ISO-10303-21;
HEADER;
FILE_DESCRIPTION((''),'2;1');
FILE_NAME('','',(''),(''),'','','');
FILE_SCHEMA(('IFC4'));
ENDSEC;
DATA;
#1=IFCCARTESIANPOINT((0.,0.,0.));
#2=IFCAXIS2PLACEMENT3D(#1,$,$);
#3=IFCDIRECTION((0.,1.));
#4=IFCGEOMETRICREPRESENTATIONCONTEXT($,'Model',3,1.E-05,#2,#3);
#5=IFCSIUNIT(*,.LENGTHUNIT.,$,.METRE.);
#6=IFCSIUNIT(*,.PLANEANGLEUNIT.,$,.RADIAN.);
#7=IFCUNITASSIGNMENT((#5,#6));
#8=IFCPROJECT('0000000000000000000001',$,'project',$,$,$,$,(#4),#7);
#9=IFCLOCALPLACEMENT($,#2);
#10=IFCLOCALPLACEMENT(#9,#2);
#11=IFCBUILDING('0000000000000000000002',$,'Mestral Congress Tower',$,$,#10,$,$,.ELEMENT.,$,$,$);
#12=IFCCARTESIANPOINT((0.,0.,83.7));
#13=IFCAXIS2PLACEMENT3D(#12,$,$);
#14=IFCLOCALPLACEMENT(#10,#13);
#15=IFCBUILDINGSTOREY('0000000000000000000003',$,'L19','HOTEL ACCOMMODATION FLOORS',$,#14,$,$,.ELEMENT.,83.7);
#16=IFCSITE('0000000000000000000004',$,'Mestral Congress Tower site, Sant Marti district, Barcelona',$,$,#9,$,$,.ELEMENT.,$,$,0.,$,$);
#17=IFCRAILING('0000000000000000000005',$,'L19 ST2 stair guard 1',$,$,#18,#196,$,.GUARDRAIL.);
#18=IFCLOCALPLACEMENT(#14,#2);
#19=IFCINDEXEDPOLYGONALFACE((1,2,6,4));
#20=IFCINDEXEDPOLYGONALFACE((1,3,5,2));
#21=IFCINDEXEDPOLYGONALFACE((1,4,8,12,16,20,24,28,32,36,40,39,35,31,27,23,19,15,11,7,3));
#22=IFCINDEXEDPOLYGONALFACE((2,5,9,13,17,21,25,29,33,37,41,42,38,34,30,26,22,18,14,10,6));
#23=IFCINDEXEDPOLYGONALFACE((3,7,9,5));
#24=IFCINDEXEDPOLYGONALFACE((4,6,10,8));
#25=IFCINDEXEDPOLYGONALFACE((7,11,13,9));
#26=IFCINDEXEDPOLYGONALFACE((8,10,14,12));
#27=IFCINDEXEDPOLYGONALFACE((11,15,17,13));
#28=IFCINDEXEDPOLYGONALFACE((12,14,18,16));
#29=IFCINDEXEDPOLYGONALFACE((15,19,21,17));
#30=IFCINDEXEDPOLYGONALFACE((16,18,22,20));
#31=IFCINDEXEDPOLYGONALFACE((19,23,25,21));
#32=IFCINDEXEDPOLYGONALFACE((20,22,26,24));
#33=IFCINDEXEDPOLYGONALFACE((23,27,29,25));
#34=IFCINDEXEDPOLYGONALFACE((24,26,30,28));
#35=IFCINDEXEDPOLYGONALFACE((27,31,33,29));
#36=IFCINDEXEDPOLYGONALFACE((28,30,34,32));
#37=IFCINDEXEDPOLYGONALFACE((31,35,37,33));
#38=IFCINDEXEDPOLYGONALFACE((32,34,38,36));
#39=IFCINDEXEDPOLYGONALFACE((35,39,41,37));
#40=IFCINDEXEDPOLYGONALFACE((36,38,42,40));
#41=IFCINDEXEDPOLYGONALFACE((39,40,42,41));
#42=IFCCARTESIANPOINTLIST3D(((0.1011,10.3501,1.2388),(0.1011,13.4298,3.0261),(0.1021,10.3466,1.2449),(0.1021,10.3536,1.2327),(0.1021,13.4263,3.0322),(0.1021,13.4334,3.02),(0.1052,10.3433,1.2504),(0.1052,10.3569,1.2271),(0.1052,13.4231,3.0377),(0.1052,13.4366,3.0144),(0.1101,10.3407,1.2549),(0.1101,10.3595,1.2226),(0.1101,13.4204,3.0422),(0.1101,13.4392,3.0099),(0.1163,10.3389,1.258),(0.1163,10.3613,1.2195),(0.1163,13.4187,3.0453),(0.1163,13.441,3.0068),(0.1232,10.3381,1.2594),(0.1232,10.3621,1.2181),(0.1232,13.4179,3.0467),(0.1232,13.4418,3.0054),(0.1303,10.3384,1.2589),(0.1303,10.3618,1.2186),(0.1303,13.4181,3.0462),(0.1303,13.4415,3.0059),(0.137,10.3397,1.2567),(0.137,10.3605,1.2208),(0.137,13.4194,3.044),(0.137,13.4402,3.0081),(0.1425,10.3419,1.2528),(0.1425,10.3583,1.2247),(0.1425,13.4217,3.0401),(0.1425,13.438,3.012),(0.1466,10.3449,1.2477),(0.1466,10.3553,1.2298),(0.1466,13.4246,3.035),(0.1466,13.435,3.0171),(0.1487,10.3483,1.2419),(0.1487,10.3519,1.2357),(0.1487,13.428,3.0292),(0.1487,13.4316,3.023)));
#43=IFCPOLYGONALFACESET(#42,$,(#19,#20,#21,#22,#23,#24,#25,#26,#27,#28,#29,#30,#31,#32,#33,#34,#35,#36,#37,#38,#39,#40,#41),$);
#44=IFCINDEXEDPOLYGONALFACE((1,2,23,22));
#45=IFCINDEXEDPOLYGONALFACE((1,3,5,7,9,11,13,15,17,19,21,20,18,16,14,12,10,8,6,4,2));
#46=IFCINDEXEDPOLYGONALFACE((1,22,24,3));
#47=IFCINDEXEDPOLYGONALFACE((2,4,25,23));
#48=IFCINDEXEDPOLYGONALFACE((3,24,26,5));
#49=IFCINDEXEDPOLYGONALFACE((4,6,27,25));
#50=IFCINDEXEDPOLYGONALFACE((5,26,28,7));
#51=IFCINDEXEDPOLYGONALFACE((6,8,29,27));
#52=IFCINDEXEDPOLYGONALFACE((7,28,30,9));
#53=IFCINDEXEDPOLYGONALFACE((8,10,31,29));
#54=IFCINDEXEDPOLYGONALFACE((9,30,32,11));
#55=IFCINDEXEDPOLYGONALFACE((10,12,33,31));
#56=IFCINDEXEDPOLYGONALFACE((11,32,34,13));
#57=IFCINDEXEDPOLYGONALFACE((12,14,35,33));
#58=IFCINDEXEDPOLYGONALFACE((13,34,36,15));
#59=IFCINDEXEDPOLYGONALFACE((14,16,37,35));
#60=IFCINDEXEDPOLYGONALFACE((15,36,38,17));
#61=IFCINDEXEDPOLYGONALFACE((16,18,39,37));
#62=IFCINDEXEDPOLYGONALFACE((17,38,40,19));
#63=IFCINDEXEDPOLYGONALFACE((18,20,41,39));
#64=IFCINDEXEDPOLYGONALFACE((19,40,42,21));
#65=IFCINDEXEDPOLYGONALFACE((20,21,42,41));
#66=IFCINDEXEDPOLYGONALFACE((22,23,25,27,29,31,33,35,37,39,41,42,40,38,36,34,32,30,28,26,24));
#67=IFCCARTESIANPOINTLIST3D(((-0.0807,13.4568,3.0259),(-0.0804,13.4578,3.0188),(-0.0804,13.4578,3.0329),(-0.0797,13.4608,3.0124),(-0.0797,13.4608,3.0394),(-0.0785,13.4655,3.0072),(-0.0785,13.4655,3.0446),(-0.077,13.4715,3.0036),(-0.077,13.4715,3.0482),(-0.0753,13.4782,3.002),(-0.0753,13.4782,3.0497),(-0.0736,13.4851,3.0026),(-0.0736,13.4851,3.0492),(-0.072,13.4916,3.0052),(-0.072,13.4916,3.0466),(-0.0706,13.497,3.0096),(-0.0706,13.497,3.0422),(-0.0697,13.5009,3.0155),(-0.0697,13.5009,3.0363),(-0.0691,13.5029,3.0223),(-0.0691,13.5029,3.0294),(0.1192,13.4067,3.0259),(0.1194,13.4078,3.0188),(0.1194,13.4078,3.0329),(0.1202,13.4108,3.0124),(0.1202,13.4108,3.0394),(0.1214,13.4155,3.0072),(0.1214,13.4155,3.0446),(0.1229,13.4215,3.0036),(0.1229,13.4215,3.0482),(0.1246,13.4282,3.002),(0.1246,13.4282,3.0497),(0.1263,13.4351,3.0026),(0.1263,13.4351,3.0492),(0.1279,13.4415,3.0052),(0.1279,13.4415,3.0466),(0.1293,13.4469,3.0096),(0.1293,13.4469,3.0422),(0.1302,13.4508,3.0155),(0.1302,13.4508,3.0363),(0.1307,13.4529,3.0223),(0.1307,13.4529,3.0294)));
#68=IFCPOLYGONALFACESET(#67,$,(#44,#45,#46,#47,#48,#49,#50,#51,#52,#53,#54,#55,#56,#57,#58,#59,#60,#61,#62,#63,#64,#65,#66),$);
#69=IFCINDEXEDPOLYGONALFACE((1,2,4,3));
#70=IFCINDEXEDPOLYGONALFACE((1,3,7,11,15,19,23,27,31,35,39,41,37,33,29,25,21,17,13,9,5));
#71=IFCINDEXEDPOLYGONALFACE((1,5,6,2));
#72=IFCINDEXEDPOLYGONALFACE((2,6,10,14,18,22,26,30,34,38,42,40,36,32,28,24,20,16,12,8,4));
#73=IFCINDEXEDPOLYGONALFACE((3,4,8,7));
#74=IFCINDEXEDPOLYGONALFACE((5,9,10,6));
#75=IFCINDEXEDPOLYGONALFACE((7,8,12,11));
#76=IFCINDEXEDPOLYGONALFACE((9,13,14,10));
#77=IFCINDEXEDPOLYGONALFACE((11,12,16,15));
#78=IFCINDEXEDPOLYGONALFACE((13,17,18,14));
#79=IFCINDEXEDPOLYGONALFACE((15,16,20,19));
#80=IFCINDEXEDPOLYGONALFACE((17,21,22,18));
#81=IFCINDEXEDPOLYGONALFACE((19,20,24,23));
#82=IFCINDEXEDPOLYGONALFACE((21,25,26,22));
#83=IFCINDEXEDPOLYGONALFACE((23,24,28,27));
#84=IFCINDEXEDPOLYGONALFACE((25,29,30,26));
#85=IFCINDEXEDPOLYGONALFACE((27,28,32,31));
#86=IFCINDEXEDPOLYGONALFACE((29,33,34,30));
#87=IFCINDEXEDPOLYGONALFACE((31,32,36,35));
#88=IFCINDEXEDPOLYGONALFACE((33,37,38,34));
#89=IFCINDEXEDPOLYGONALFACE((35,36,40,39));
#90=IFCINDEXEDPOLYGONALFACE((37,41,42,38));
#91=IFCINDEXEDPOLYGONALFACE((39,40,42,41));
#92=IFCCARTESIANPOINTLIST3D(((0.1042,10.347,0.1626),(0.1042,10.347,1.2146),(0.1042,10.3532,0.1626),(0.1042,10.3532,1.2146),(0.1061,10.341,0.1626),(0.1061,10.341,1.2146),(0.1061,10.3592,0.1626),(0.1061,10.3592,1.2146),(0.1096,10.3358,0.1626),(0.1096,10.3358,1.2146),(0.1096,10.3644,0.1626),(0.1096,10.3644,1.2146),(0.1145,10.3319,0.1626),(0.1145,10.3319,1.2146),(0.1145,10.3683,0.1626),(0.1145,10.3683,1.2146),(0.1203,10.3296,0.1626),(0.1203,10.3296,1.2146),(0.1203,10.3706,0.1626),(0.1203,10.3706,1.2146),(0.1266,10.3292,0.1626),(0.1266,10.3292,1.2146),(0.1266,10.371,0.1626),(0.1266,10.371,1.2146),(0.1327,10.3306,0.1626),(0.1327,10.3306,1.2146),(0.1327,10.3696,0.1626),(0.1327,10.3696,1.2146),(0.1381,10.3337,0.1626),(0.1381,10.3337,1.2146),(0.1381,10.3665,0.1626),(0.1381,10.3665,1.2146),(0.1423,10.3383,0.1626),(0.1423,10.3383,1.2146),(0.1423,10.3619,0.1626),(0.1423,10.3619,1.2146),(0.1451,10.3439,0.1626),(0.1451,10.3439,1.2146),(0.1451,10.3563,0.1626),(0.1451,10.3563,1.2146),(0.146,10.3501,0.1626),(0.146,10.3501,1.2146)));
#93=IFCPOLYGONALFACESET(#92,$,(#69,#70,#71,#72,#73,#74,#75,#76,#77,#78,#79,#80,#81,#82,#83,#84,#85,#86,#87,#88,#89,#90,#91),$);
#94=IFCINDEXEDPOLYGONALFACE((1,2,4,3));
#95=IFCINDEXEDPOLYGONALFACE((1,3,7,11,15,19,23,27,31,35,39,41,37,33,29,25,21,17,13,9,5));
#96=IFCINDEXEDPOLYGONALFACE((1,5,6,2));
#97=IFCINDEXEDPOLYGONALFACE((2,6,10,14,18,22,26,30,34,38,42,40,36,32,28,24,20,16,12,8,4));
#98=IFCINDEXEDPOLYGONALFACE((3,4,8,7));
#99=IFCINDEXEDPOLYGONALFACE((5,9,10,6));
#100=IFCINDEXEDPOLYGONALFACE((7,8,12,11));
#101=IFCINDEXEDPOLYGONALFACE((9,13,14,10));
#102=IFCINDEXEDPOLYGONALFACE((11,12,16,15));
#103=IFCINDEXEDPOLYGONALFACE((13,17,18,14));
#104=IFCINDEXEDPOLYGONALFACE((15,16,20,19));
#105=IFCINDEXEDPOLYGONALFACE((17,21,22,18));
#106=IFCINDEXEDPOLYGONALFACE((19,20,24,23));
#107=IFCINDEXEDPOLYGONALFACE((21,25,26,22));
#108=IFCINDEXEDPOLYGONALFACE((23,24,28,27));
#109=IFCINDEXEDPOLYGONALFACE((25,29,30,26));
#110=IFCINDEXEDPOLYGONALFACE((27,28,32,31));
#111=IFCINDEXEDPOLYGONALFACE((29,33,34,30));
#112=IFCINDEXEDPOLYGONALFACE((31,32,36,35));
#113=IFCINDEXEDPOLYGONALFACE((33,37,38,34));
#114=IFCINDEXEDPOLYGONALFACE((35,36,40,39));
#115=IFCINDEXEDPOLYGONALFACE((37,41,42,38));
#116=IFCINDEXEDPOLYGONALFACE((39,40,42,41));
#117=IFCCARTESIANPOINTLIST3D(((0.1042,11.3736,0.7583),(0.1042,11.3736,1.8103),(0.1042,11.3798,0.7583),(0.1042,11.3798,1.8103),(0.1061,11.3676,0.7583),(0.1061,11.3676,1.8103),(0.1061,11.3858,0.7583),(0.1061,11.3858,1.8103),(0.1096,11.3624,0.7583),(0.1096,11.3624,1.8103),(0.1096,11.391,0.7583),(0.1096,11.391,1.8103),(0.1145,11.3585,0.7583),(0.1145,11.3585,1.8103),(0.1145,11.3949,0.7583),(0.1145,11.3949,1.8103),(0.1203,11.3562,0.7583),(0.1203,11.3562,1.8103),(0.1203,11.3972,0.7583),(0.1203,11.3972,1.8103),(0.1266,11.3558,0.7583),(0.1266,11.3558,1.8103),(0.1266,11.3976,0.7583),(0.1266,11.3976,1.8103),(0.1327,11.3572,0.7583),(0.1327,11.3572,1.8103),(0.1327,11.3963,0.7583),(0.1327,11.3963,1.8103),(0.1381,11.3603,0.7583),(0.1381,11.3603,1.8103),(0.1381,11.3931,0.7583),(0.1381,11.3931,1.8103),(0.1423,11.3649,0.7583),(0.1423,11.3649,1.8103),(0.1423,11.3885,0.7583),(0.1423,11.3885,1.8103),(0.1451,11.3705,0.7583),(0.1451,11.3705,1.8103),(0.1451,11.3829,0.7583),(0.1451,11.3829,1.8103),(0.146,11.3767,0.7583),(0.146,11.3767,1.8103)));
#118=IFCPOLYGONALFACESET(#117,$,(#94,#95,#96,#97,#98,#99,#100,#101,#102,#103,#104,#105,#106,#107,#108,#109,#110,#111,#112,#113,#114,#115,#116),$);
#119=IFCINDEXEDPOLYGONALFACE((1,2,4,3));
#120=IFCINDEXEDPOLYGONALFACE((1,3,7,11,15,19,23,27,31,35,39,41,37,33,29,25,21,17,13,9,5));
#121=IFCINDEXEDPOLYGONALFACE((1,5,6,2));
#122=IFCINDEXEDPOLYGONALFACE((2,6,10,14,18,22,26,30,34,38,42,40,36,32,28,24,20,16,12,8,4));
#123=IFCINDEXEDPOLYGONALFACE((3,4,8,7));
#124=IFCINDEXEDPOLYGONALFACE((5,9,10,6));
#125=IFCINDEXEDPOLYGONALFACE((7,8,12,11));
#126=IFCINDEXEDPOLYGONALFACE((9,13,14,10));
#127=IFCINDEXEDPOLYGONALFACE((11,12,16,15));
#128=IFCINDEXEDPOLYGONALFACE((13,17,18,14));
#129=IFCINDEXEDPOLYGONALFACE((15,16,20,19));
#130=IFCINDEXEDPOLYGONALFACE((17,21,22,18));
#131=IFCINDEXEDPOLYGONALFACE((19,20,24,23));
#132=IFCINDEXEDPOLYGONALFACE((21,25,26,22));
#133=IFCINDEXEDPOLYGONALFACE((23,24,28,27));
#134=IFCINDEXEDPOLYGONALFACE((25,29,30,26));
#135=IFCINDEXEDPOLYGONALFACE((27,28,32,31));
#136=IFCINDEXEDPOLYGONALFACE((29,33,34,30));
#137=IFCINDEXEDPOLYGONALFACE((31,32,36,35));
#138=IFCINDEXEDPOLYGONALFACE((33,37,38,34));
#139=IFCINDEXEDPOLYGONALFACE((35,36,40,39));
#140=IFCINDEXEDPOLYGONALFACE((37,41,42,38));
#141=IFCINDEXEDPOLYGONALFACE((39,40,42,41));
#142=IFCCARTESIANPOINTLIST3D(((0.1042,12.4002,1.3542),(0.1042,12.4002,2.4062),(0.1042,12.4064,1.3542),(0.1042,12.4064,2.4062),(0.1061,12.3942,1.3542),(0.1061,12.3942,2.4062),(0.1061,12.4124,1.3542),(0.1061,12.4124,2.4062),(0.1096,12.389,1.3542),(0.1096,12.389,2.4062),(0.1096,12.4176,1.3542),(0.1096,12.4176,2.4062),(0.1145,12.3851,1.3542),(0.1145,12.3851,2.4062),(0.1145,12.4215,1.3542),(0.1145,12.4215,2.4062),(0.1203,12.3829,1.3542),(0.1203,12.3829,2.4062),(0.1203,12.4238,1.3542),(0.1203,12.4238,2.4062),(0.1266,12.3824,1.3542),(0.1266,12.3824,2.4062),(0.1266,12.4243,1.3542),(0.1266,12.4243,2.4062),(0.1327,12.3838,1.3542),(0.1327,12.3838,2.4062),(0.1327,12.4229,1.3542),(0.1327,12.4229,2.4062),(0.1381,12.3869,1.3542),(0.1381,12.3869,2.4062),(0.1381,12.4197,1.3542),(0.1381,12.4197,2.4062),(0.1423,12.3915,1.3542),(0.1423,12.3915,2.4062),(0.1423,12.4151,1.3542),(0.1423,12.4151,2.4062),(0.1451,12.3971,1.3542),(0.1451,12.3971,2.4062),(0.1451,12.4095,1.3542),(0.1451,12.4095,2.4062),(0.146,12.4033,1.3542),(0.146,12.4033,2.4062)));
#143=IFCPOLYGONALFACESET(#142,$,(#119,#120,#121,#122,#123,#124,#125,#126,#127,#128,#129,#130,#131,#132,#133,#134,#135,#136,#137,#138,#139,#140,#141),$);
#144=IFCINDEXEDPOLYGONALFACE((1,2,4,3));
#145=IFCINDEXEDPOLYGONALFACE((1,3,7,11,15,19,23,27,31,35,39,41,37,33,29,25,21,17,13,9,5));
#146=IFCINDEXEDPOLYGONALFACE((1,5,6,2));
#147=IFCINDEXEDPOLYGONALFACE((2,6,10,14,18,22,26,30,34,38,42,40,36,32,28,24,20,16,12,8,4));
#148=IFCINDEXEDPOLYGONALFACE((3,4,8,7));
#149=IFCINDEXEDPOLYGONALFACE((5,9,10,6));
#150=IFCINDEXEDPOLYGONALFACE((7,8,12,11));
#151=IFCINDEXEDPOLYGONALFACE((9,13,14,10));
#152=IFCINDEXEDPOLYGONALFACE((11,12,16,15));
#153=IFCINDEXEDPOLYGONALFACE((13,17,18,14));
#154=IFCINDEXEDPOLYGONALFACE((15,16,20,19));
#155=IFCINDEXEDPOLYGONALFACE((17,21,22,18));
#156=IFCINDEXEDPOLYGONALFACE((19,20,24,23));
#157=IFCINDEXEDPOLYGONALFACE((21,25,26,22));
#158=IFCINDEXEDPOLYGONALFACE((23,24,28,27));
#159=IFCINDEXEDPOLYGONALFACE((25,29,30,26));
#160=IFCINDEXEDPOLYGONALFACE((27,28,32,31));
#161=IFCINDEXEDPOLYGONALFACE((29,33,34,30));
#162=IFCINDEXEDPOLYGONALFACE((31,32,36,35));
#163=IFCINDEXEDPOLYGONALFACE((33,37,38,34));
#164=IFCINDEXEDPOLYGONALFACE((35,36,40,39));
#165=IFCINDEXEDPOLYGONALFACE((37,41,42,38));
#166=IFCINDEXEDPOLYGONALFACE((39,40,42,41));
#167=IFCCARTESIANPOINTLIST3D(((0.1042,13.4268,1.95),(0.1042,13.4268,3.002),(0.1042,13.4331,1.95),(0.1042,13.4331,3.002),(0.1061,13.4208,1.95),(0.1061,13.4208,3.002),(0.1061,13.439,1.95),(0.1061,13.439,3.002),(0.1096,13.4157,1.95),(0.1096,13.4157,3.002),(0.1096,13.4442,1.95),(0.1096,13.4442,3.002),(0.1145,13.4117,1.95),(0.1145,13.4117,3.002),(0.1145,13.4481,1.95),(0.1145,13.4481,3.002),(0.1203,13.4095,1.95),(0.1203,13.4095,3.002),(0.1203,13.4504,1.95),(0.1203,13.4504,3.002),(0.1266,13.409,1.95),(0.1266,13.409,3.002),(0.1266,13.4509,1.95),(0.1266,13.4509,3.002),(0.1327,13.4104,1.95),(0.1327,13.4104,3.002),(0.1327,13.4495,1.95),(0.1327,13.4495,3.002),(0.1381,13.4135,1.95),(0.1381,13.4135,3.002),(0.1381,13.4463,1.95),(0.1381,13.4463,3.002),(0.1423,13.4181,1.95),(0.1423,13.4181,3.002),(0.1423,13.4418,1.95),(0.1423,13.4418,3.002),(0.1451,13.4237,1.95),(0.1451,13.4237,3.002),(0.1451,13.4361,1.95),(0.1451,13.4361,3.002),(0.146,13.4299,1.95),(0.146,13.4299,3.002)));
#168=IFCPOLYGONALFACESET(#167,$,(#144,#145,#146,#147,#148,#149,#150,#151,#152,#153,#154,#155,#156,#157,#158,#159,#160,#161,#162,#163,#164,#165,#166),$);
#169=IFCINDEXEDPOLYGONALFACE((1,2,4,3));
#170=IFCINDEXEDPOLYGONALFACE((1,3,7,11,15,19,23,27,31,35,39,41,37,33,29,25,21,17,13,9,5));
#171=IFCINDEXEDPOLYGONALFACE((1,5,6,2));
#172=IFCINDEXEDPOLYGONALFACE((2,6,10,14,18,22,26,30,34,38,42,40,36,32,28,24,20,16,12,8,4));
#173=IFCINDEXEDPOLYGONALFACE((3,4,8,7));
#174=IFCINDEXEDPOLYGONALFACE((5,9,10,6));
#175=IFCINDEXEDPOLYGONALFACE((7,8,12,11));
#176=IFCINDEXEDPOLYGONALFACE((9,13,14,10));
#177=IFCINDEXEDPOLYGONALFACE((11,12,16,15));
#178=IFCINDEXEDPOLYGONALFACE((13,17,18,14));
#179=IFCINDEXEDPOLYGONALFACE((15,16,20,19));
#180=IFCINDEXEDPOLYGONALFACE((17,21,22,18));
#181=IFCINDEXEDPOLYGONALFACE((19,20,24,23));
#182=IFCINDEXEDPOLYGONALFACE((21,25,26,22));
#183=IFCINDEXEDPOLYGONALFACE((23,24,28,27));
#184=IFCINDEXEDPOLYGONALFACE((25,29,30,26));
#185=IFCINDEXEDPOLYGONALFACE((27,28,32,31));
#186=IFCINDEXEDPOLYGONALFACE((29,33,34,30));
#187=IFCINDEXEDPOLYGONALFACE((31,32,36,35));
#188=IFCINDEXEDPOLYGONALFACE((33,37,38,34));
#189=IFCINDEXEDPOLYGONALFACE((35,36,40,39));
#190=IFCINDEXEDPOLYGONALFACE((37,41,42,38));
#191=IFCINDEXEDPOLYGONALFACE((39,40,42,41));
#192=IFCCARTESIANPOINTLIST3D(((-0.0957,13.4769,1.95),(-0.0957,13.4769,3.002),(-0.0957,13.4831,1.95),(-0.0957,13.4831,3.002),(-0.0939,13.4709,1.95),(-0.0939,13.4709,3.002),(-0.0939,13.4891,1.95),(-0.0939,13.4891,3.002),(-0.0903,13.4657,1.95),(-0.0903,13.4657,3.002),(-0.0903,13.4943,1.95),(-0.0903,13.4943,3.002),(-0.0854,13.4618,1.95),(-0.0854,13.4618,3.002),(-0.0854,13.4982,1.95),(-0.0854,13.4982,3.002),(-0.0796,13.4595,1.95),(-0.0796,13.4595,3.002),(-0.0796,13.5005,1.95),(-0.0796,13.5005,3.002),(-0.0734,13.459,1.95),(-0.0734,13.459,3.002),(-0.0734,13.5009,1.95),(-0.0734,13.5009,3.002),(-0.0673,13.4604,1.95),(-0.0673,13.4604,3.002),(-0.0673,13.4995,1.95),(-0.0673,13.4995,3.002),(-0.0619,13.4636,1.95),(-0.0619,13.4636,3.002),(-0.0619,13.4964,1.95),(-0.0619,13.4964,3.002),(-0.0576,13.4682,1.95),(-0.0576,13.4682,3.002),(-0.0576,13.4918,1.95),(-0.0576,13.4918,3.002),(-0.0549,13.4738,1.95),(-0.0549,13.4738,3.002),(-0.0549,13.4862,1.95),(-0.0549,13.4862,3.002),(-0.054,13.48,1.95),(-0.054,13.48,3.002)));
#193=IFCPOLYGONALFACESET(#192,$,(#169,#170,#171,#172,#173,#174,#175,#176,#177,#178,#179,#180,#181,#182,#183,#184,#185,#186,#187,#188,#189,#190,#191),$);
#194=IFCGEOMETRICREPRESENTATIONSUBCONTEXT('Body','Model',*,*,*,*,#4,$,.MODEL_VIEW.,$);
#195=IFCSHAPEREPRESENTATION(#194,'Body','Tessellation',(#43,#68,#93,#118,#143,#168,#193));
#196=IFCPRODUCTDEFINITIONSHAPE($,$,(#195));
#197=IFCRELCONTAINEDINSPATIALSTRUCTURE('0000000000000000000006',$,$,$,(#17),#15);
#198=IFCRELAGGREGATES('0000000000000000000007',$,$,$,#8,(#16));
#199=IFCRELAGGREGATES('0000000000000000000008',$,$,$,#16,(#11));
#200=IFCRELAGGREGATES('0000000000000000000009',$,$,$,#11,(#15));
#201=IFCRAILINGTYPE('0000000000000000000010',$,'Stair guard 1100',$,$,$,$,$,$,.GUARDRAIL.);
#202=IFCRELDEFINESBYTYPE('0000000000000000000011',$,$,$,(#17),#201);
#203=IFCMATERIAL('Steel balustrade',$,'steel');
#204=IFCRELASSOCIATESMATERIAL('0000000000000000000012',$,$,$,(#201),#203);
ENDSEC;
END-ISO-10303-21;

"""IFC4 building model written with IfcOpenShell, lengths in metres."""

from ifc_helpers import new_model, si_unit, direction, frame, origin, origin_2d, place, context, subcontext, project, spatial, circle, extrude, material, type_object, element, save


model = new_model("IFC4")

# Units and contexts
model_context = context("Model", 3, precision=1e-05, world=origin(), true_north=direction((0.0, 1.0)))
body_context = subcontext(model_context, "Body", "Model", "MODEL_VIEW")
ifc_project = project(units=[si_unit("LENGTHUNIT", "METRE"), si_unit("PLANEANGLEUNIT", "RADIAN")], contexts=[model_context])

# Site, building, storey
site_placement = place(None, origin())
site = spatial("IfcSite", under=ifc_project, at=site_placement, Name="Mestral Congress Tower site, Sant Marti district, Barcelona", CompositionType="ELEMENT", RefElevation=0.0)
building_placement = place(site_placement, origin())
building = spatial("IfcBuilding", under=site, at=building_placement, Name="Mestral Congress Tower", CompositionType="ELEMENT")
storey_placement = place(building_placement, frame((0.0, 0.0, 83.7)))
storey = spatial("IfcBuildingStorey", under=building, at=storey_placement, Name="L19", Description="HOTEL ACCOMMODATION FLOORS", CompositionType="ELEMENT", Elevation=83.7)

# Railing
ifc_material_1 = material(Name="Steel balustrade", Category="steel")
railing_type = type_object("IfcRailingType", Name="Stair guard 1100", PredefinedType="GUARDRAIL", material=ifc_material_1)
railing_1_placement = place(storey_placement, frame((0.125, 10.3501, 0.1626)))
element("IfcRailing", 1, at=railing_1_placement, inside=storey, type_object=railing_type, Name="L19 ST2 stair guard 1", PredefinedType="GUARDRAIL", context=body_context, shape_type="SweptSolid", body=[
    extrude(circle(Radius=0.0239, at=origin_2d()), frame((0.0, 0.0, 1.0762), z_axis=(0.0, 0.864903, 0.501939), x_axis=(-1.0, 0.0, 0.0)), (0.0, 0.0, 1.0), 3.5608),
    extrude(circle(Radius=0.0239, at=origin_2d()), frame((0.0, 3.0798, 2.8633), z_axis=(-0.970073, 0.242814, 0.0), x_axis=(-0.242814, -0.970073, 0.0)), (0.0, 0.0, 1.0), 0.2061),
    extrude(circle(Radius=0.021, at=origin_2d()), origin(), (0.0, 0.0, 1.0), 1.052),
    extrude(circle(Radius=0.021, at=origin_2d()), frame((0.0, 1.0266, 0.5957)), (0.0, 0.0, 1.0), 1.052),
    extrude(circle(Radius=0.021, at=origin_2d()), frame((0.0, 2.0532, 1.1917)), (0.0, 0.0, 1.0), 1.052),
    extrude(circle(Radius=0.021, at=origin_2d()), frame((0.0, 3.0798, 1.7874)), (0.0, 0.0, 1.0), 1.052),
    extrude(circle(Radius=0.021, at=origin_2d()), frame((-0.2, 3.1299, 1.7874)), (0.0, 0.0, 1.0), 1.052),
])

save(model, "model.ifc")
